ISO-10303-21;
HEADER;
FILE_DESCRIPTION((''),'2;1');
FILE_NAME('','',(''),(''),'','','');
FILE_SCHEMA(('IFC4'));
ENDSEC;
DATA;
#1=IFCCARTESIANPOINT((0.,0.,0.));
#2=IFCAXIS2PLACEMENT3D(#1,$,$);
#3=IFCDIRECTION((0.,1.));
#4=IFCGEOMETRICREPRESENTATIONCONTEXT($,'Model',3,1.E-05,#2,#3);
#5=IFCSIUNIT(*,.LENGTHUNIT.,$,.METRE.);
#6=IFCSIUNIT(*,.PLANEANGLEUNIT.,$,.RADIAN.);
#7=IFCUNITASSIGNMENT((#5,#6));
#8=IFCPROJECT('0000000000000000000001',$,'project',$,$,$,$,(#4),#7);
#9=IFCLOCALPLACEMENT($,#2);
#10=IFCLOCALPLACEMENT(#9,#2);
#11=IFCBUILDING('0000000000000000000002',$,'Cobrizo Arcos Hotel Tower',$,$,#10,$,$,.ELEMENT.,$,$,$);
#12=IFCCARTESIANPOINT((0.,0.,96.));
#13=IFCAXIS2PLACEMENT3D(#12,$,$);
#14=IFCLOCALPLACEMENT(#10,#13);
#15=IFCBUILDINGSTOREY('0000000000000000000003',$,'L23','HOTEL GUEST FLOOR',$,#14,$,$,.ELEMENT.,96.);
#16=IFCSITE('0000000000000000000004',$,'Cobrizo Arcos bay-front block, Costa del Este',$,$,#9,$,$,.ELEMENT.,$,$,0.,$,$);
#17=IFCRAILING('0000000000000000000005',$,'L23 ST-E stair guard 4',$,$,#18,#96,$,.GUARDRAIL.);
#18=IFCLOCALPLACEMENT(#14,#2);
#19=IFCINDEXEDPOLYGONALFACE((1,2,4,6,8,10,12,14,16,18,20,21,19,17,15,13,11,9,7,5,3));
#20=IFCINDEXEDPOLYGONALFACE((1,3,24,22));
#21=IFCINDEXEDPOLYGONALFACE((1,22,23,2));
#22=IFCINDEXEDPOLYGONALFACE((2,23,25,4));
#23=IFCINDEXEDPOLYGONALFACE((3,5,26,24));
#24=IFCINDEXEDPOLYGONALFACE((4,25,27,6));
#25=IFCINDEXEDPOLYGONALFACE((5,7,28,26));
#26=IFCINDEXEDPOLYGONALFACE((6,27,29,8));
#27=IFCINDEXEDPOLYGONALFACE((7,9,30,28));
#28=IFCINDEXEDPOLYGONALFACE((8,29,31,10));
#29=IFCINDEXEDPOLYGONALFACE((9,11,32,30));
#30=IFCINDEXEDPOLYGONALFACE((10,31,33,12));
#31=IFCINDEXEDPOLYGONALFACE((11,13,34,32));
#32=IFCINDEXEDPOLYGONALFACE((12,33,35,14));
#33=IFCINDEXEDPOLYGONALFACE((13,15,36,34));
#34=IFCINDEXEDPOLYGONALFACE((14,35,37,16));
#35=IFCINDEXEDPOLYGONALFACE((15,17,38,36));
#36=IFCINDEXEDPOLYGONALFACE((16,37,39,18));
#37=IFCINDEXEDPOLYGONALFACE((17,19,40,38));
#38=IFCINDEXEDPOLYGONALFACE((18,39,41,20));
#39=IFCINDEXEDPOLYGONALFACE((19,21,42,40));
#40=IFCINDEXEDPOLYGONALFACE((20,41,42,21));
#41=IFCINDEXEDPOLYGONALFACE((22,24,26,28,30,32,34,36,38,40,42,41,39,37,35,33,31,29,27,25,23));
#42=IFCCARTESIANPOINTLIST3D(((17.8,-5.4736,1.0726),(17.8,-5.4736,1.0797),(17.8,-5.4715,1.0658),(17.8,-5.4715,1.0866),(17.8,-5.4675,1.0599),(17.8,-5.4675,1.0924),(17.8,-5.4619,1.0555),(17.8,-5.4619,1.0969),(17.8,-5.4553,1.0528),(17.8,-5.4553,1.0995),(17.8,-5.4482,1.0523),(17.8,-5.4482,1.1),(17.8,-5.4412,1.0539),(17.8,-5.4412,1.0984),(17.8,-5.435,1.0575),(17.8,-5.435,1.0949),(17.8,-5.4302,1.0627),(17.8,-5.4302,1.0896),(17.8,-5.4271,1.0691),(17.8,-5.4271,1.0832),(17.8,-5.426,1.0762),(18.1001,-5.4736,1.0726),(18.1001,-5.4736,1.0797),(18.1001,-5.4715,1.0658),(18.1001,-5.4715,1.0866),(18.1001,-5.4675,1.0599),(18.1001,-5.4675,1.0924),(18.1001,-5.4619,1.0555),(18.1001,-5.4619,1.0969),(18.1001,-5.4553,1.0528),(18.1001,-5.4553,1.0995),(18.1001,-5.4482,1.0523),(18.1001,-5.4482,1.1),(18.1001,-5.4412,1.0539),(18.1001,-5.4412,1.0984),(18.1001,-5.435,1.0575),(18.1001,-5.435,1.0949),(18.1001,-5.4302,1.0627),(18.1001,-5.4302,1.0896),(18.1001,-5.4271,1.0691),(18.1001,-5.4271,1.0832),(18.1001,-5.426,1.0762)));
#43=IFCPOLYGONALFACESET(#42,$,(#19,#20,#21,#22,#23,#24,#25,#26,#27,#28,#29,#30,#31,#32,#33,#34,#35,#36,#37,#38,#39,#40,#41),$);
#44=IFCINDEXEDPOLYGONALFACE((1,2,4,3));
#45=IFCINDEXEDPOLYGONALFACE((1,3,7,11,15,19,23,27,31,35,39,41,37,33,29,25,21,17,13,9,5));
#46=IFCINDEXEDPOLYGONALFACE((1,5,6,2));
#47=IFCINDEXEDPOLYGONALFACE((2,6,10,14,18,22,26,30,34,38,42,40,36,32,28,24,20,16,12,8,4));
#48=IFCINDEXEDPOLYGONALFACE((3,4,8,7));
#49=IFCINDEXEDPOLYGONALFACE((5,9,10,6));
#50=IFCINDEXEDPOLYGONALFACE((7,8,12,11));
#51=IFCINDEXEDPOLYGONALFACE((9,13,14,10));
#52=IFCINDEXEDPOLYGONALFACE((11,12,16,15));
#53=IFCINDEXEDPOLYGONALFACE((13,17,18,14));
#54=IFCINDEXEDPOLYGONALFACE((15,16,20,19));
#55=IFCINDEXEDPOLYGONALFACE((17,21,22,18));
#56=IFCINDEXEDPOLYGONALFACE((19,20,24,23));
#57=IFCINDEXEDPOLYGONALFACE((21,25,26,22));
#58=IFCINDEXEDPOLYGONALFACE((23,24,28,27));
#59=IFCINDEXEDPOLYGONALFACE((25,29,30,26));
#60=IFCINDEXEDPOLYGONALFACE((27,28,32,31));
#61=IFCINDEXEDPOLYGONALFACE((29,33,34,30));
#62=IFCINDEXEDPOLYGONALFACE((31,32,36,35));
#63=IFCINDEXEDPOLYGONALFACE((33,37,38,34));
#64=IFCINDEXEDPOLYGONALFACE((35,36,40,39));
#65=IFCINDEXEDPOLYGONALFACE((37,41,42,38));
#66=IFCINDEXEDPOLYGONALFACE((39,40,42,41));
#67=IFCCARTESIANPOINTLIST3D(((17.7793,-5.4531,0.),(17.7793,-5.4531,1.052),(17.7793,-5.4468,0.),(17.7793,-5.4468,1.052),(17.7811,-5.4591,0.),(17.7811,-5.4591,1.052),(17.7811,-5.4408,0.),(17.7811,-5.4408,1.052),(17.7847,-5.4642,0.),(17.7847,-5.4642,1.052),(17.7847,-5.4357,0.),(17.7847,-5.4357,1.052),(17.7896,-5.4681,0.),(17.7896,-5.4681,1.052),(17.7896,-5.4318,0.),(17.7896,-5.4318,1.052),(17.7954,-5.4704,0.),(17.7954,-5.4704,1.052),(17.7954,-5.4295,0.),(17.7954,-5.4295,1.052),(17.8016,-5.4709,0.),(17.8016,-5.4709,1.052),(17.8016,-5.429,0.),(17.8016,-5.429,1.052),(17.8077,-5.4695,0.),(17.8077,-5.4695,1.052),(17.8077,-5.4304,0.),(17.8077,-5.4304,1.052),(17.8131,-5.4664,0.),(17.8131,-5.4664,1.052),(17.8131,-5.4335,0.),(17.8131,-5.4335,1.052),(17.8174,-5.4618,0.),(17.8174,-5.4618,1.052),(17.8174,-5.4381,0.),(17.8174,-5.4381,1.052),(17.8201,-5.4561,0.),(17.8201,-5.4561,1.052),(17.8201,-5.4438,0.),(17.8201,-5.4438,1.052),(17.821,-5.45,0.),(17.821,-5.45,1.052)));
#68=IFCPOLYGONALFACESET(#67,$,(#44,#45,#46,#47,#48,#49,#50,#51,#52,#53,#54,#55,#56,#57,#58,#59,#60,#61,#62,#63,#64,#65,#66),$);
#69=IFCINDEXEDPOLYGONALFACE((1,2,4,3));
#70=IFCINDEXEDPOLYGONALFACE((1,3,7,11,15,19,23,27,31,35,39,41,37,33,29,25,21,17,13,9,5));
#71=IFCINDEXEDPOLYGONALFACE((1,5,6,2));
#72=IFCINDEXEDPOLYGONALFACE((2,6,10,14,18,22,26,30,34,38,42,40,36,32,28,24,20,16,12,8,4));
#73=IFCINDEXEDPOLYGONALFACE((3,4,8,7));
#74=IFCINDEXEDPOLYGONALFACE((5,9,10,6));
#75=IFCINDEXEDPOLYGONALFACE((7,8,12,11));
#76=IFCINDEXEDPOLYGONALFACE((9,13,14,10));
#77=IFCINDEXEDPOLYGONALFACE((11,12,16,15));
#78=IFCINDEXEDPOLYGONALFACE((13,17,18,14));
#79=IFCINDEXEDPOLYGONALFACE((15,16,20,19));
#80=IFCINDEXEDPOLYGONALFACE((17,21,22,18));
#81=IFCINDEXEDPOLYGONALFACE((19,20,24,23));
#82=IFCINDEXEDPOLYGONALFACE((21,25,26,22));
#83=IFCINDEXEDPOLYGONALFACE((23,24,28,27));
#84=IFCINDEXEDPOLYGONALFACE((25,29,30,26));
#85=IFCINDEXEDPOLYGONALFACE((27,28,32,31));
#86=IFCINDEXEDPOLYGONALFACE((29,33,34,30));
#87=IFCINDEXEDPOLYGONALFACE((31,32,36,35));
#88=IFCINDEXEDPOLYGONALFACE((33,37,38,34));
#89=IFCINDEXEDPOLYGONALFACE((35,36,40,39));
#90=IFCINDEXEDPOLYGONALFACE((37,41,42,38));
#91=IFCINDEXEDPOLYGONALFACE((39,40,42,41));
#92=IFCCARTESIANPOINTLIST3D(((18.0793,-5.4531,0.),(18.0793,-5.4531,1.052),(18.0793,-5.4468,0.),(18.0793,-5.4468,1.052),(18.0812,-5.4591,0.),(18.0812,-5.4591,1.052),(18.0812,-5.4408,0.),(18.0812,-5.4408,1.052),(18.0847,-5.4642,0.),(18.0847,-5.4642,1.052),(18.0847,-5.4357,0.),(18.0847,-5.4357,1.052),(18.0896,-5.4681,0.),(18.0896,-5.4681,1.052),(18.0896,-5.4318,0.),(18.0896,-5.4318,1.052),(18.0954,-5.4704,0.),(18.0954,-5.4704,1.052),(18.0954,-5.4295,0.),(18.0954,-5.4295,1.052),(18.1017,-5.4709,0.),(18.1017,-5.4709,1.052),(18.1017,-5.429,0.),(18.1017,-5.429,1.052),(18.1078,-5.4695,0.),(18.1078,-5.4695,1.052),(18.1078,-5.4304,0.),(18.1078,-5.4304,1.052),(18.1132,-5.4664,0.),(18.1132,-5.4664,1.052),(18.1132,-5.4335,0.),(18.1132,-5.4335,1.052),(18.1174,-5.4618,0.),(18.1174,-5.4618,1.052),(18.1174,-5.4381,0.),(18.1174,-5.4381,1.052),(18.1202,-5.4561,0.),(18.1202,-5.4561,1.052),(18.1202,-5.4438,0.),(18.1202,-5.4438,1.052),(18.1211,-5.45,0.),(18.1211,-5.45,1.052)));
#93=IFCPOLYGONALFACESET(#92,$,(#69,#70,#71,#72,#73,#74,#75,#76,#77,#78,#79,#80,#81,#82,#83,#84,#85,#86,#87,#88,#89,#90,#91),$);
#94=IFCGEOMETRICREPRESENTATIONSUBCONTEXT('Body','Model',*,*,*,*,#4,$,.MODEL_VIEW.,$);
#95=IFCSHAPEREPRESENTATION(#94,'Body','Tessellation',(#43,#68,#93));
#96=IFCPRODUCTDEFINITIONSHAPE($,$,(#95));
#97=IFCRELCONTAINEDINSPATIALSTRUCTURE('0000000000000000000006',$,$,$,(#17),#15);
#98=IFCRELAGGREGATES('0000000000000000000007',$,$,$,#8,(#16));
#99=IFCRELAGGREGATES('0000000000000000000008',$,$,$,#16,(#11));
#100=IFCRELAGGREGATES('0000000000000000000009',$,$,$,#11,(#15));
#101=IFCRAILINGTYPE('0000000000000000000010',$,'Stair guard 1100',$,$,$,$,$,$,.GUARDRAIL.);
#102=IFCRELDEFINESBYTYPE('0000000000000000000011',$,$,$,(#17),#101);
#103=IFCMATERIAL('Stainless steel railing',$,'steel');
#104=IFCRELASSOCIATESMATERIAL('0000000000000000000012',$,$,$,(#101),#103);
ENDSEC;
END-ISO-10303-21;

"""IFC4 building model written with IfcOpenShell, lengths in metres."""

from ifc_helpers import new_model, si_unit, direction, frame, origin, origin_2d, place, context, subcontext, project, spatial, circle, extrude, material, type_object, element, save


model = new_model("IFC4")

# Units and contexts
model_context = context("Model", 3, precision=1e-05, world=origin(), true_north=direction((0.0, 1.0)))
body_context = subcontext(model_context, "Body", "Model", "MODEL_VIEW")
ifc_project = project(units=[si_unit("LENGTHUNIT", "METRE"), si_unit("PLANEANGLEUNIT", "RADIAN")], contexts=[model_context])

# Site, building, storey
site_placement = place(None, origin())
site = spatial("IfcSite", under=ifc_project, at=site_placement, Name="Cobrizo Arcos bay-front block, Costa del Este", CompositionType="ELEMENT", RefElevation=0.0)
building_placement = place(site_placement, origin())
building = spatial("IfcBuilding", under=site, at=building_placement, Name="Cobrizo Arcos Hotel Tower", CompositionType="ELEMENT")
storey_placement = place(building_placement, frame((0.0, 0.0, 96.0)))
storey = spatial("IfcBuildingStorey", under=building, at=storey_placement, Name="L23", Description="HOTEL GUEST FLOOR", CompositionType="ELEMENT", Elevation=96.0)

# Railing
ifc_material_1 = material(Name="Stainless steel railing", Category="steel")
railing_type_1 = type_object("IfcRailingType", Name="Stair guard 1100", PredefinedType="GUARDRAIL", material=ifc_material_1)
railing_1_placement = place(storey_placement, frame((17.8, -5.45, 0.0)))
element("IfcRailing", 1, at=railing_1_placement, inside=storey, type_object=railing_type_1, Name="L23 ST-E stair guard 4", PredefinedType="GUARDRAIL", context=body_context, shape_type="SweptSolid", body=[
    extrude(circle(Radius=0.0239, at=origin_2d()), frame((0.0, 0.0, 1.0762), z_axis=(1.0, 0.0, 0.0), x_axis=(0.0, 1.0, 0.0)), (0.0, 0.0, 1.0), 0.3),
    extrude(circle(Radius=0.021, at=origin_2d()), origin(), (0.0, 0.0, 1.0), 1.052),
    extrude(circle(Radius=0.021, at=origin_2d()), frame((0.3, 0.0, 0.0)), (0.0, 0.0, 1.0), 1.052),
])

save(model, "model.ifc")
